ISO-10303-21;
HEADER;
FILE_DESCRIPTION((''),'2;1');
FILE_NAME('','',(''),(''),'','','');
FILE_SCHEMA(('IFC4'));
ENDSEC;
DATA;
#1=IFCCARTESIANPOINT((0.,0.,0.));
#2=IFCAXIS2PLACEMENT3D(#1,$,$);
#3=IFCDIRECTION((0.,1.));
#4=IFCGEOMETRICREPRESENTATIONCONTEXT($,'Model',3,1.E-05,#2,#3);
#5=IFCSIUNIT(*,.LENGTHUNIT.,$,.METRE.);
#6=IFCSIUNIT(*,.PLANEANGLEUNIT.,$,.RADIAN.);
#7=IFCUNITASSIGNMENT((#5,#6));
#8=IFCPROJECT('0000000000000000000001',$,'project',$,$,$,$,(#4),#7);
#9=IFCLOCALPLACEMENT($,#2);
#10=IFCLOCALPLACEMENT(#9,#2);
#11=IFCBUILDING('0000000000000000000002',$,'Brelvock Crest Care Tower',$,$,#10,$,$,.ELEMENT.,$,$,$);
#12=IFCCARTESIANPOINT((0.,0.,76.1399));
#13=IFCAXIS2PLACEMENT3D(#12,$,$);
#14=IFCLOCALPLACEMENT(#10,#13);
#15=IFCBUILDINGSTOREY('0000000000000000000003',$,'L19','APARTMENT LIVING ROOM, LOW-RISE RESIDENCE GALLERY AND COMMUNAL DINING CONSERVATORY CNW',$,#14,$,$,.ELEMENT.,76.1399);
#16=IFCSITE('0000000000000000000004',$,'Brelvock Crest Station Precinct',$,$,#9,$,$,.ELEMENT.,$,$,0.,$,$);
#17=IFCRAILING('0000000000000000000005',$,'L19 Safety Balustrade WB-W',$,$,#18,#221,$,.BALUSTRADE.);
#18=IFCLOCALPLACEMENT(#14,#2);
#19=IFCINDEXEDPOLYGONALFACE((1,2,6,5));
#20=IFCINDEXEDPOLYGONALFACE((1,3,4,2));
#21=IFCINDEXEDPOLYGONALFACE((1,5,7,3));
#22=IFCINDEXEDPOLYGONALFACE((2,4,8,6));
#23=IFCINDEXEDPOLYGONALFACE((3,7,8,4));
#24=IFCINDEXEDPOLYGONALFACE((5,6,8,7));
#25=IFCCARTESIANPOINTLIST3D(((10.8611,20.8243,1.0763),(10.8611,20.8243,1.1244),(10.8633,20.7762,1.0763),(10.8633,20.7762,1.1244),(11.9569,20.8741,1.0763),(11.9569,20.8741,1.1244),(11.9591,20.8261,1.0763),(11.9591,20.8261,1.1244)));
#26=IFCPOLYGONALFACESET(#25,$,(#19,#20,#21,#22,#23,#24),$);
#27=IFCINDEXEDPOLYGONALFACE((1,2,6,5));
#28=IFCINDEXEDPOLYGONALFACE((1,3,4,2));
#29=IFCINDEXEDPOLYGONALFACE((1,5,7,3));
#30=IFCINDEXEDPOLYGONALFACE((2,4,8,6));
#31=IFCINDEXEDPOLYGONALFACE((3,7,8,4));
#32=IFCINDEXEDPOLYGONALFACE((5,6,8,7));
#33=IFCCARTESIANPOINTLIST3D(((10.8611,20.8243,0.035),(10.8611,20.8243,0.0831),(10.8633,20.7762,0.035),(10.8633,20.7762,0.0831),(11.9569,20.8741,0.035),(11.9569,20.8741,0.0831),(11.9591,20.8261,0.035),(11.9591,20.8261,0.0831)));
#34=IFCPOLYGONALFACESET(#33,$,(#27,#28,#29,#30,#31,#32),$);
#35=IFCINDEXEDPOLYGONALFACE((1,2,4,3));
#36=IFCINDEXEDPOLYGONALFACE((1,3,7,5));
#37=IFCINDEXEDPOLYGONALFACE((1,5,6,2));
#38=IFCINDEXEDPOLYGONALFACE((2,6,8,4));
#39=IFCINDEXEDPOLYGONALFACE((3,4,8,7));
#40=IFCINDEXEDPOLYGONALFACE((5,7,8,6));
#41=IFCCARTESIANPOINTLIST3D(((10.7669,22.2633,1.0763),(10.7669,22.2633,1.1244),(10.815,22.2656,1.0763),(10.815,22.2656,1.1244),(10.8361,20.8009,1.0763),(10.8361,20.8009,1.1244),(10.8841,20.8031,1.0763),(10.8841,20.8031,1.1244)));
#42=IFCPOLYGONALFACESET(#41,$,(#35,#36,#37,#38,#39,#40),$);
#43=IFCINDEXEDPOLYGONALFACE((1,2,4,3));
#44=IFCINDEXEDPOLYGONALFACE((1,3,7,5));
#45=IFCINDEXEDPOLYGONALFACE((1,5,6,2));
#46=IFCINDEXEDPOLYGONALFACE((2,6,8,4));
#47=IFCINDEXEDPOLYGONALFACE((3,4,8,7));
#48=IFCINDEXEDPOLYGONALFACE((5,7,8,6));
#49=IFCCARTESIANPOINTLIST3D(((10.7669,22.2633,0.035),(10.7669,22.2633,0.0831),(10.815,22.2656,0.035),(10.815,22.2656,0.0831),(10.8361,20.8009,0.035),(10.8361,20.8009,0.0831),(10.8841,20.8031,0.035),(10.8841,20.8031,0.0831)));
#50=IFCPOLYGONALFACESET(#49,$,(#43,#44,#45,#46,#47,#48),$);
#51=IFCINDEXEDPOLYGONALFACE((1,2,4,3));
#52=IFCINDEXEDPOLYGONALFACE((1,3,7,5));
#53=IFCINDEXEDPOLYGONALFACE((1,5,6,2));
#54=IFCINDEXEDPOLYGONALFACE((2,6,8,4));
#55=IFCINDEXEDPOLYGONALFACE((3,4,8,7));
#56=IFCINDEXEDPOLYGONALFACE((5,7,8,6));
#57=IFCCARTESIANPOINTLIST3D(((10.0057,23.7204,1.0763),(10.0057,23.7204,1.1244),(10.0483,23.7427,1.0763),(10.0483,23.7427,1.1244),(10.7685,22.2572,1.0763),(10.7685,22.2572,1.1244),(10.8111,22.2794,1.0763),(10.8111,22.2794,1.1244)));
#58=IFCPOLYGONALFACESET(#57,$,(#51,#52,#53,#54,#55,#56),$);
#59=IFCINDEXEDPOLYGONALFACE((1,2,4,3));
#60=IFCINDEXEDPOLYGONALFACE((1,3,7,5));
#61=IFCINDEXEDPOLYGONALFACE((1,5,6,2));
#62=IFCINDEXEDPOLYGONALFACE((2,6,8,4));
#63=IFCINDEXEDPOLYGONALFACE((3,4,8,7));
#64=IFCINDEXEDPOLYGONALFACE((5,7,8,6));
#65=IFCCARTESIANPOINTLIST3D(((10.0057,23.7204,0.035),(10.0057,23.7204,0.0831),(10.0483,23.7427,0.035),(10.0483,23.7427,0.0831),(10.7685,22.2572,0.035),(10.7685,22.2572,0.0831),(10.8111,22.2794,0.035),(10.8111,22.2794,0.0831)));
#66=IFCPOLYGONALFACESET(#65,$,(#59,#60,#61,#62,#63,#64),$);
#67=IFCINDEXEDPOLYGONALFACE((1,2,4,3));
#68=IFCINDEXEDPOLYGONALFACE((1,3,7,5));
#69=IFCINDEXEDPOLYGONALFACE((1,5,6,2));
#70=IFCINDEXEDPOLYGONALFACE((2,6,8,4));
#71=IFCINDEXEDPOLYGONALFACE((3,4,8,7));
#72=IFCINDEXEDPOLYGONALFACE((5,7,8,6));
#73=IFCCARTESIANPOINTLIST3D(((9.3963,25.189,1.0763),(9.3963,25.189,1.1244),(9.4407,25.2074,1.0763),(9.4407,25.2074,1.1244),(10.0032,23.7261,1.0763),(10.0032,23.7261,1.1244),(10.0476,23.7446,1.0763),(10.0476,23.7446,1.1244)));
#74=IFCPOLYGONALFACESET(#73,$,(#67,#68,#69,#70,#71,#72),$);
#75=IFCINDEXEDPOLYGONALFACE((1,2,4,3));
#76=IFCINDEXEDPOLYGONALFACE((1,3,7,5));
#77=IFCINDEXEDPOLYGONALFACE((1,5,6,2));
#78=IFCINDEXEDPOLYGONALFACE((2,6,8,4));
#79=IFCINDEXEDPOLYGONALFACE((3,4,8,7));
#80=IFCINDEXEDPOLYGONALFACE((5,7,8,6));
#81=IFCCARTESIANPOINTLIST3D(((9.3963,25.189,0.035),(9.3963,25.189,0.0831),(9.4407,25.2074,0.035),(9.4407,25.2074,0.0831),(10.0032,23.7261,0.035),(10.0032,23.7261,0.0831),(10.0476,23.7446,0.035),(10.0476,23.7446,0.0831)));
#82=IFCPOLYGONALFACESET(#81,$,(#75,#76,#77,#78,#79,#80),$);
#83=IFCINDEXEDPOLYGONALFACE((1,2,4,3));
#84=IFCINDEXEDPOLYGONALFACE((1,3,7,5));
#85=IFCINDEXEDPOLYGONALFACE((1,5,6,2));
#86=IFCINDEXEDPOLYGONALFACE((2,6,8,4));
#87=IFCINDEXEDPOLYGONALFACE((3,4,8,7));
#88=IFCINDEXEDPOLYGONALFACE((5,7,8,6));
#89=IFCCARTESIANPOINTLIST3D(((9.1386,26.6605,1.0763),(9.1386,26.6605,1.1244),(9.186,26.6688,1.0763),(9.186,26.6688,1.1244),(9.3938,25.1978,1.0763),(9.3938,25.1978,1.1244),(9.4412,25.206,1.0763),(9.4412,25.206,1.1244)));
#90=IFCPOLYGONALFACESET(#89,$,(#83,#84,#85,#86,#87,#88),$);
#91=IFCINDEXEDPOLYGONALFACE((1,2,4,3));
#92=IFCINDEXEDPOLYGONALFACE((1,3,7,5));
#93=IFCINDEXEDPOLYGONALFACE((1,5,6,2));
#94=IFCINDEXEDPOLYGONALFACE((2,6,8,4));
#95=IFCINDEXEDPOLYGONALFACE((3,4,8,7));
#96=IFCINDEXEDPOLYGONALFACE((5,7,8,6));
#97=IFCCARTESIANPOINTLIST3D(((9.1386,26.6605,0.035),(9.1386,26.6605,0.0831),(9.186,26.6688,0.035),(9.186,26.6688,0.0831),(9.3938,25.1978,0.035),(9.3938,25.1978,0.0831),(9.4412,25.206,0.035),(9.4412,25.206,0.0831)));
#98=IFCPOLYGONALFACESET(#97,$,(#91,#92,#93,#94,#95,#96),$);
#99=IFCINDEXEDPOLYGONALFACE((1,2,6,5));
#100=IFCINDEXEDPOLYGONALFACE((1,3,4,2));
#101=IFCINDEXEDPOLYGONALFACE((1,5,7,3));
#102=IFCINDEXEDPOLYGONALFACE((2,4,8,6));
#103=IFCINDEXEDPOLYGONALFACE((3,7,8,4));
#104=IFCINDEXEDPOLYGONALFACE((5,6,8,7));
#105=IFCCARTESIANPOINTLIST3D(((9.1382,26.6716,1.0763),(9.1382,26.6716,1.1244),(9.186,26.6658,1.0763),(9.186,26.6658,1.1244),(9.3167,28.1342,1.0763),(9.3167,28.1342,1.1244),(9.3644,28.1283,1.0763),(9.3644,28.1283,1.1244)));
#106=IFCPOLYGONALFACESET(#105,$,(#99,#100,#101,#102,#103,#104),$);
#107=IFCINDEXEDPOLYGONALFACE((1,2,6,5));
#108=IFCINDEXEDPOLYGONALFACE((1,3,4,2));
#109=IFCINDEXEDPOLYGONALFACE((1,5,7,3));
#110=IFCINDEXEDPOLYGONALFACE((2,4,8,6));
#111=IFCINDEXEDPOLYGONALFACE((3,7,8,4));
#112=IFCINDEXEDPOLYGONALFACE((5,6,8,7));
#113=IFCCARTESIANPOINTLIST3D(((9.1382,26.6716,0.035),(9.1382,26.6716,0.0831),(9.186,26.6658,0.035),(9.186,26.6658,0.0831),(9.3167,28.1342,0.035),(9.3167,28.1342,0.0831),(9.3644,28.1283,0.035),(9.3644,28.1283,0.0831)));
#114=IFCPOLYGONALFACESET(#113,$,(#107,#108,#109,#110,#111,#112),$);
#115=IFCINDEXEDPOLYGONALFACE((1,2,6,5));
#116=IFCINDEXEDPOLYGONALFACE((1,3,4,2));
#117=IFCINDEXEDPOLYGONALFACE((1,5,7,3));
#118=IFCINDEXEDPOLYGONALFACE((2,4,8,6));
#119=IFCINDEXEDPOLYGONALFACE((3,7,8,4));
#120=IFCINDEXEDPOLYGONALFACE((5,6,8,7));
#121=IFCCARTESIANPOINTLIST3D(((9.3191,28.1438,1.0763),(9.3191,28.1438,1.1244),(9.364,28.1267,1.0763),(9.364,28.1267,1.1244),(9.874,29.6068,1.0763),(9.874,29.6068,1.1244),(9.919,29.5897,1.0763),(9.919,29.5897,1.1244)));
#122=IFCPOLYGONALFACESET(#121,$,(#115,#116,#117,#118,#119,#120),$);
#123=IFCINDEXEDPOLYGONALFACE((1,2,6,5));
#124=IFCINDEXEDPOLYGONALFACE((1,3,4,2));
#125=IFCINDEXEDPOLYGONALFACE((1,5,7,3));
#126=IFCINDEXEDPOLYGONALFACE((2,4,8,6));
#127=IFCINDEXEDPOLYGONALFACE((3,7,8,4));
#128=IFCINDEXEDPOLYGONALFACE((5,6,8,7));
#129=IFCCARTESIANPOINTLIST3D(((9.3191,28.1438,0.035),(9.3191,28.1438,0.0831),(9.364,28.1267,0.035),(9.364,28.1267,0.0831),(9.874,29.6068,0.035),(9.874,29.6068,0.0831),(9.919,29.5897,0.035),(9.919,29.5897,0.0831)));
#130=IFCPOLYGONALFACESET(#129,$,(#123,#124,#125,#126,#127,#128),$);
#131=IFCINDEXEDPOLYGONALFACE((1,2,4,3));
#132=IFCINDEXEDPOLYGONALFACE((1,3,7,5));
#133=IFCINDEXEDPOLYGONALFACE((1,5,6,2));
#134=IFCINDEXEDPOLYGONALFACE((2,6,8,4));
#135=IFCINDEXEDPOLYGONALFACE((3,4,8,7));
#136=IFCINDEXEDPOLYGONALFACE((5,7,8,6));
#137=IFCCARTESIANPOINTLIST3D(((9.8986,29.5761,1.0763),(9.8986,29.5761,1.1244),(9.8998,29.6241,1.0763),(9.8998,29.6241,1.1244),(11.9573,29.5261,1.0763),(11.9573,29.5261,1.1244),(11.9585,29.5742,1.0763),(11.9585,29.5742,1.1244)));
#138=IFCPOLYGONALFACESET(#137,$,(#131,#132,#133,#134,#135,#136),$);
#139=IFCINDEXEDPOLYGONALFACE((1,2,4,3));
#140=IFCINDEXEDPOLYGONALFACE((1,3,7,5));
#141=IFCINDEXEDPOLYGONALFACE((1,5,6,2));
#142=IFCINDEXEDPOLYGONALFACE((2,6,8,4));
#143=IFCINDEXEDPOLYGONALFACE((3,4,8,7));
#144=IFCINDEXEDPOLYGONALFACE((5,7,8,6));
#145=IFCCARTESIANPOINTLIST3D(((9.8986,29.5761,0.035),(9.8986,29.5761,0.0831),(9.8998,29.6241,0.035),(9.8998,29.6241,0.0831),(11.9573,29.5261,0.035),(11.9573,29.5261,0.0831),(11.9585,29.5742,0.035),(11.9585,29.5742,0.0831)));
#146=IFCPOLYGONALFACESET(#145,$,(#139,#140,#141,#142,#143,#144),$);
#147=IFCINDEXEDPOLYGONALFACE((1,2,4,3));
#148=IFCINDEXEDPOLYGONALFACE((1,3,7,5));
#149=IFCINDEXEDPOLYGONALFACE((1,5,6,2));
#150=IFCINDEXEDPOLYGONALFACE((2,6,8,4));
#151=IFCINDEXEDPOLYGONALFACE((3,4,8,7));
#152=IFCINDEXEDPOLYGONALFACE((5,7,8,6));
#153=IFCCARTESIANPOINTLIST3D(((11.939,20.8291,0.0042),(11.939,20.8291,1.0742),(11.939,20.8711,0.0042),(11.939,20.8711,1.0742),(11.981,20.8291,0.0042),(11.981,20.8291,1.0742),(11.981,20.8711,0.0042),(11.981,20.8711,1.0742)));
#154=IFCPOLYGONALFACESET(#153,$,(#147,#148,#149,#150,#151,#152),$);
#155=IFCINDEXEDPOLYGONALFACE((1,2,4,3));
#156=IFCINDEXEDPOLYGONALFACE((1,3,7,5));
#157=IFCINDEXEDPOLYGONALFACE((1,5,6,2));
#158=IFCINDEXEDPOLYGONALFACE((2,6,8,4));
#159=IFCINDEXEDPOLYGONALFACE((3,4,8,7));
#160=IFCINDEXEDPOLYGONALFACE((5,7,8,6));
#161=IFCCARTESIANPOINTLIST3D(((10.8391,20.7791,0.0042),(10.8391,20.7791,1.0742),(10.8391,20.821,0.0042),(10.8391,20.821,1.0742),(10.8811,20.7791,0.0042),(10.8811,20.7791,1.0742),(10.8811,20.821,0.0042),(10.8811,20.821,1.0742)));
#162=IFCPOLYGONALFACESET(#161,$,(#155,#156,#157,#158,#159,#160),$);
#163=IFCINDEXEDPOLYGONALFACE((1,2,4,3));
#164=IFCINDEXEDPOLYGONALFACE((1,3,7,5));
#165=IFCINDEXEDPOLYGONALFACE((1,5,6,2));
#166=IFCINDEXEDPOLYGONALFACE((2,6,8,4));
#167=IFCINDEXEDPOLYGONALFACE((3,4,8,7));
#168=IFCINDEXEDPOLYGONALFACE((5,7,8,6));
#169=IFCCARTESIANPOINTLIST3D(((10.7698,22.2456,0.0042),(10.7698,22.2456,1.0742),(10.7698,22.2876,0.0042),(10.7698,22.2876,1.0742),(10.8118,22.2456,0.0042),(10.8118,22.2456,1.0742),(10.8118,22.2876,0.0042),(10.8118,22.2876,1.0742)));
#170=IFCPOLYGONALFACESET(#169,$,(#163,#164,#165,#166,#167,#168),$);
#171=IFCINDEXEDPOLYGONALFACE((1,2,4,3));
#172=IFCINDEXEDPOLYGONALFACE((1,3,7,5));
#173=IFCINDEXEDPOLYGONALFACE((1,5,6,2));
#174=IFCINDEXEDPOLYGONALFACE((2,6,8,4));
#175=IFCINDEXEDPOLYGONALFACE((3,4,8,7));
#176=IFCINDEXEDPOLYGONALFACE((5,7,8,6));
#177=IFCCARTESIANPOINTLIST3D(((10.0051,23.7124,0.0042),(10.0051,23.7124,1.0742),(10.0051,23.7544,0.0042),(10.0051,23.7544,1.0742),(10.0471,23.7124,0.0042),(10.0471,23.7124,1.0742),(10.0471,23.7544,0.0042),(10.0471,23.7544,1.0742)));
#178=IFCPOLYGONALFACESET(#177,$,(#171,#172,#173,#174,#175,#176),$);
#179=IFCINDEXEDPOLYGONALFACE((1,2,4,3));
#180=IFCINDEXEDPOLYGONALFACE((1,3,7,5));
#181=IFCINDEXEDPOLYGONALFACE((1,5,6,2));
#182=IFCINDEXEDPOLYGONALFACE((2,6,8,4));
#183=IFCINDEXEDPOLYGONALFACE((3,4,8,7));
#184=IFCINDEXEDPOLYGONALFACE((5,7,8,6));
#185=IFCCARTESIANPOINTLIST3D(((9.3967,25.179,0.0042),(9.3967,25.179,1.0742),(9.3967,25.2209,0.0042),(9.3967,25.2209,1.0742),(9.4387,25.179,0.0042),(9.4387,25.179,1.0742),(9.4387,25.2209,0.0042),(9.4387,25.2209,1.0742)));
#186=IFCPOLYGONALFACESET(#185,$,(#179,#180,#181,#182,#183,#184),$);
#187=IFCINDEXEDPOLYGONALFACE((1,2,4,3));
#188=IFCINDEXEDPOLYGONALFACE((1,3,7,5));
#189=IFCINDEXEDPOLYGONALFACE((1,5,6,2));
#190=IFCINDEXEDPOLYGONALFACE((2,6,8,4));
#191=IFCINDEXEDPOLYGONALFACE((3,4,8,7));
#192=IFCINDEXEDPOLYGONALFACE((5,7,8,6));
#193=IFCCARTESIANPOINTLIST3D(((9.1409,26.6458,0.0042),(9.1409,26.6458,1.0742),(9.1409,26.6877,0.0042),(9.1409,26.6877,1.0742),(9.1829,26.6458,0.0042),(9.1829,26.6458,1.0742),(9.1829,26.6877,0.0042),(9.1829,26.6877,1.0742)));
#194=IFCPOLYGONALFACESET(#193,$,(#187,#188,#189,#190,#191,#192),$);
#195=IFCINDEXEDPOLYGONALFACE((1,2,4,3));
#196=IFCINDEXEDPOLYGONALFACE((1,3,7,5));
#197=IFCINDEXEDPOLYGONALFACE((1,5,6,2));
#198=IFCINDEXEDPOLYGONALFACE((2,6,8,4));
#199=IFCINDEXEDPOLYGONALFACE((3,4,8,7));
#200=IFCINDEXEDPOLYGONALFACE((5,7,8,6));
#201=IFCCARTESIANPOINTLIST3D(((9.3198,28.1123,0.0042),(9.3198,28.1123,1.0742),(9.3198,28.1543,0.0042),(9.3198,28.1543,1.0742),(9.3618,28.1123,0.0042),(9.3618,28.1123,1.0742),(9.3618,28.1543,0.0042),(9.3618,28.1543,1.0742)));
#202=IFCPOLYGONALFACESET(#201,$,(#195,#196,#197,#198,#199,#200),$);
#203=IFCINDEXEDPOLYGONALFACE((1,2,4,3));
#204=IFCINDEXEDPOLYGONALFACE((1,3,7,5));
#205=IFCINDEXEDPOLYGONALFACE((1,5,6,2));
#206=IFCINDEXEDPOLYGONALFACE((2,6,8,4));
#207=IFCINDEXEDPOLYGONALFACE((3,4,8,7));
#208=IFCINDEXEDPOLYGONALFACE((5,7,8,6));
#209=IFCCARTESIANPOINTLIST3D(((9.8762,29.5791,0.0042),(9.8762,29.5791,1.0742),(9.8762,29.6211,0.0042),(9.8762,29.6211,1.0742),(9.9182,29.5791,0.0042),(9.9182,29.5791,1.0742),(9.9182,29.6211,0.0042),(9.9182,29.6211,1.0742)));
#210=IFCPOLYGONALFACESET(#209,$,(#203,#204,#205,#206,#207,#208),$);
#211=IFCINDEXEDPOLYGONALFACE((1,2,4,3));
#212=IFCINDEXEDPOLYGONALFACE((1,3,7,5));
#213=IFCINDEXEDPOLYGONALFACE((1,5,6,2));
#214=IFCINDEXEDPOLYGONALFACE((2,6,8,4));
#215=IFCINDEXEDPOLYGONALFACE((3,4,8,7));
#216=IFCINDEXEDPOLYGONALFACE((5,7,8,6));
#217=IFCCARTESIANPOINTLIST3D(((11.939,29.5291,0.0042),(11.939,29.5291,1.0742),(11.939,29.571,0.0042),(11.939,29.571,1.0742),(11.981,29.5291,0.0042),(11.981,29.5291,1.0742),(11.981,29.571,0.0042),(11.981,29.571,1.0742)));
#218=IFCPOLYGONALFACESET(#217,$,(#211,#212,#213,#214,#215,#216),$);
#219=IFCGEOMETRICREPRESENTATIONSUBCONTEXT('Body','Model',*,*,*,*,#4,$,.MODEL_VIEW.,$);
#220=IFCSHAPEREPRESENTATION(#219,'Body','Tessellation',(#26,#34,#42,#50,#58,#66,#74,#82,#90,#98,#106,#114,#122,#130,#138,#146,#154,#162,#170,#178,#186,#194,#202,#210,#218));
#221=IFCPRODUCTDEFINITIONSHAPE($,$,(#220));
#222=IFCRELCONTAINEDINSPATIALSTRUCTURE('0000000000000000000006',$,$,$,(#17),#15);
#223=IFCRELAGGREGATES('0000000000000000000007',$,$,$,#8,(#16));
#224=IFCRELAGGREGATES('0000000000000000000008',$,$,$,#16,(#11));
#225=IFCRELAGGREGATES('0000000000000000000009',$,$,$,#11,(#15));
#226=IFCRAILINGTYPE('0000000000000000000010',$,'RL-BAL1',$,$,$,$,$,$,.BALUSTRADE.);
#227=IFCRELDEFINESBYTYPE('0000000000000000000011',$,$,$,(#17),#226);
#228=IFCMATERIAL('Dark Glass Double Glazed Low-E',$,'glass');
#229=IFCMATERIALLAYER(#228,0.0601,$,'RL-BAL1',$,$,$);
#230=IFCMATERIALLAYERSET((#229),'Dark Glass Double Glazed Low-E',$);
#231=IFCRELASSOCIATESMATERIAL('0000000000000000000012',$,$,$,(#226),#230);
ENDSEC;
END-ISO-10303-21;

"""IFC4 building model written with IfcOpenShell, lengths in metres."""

from ifc_helpers import new_model, si_unit, direction, frame, origin, origin_2d, place, context, subcontext, project, spatial, rectangle, extrude, material, layer, layer_set, type_object, element, save


model = new_model("IFC4")

# Units and contexts
model_context = context("Model", 3, precision=1e-05, world=origin(), true_north=direction((0.0, 1.0)))
body_context = subcontext(model_context, "Body", "Model", "MODEL_VIEW")
ifc_project = project(units=[si_unit("LENGTHUNIT", "METRE"), si_unit("PLANEANGLEUNIT", "RADIAN")], contexts=[model_context])

# Site, building, storey
site_placement = place(None, origin())
site = spatial("IfcSite", under=ifc_project, at=site_placement, Name="Brelvock Crest Station Precinct", CompositionType="ELEMENT", RefElevation=0.0)
building_placement = place(site_placement, origin())
building = spatial("IfcBuilding", under=site, at=building_placement, Name="Brelvock Crest Care Tower", CompositionType="ELEMENT")
storey_placement = place(building_placement, frame((0.0, 0.0, 76.1399)))
storey = spatial("IfcBuildingStorey", under=building, at=storey_placement, Name="L19", Description="APARTMENT LIVING ROOM, LOW-RISE RESIDENCE GALLERY AND COMMUNAL DINING CONSERVATORY CNW", CompositionType="ELEMENT", Elevation=76.1399)

# Shared definitions
ifc_material_1 = material(Name="Dark Glass Double Glazed Low-E", Category="glass")

# Railing
ifc_layer_1 = layer(ifc_material_1, 0.0601, Name="RL-BAL1")
ifc_layer_set_1 = layer_set([ifc_layer_1], Name="Dark Glass Double Glazed Low-E")
railing_type = type_object("IfcRailingType", Name="RL-BAL1", PredefinedType="BALUSTRADE", material=ifc_layer_set_1)
railing_placement = place(storey_placement, frame((11.96, 20.8501, 0.0042)))
element("IfcRailing", 1, at=railing_placement, inside=storey, type_object=railing_type, Name="L19 Safety Balustrade WB-W", PredefinedType="BALUSTRADE", context=body_context, shape_type="SweptSolid", body=[
    extrude(rectangle(XDim=0.0481, YDim=0.0481, at=origin_2d()), frame((-0.002, 0.0, 1.0962), z_axis=(-0.998966, -0.045458, 0.0), x_axis=(0.045458, -0.998966, 0.0)), (0.0, 0.0, 1.0), 1.0969),
    extrude(rectangle(XDim=0.0481, YDim=0.0481, at=origin_2d()), frame((-0.002, 0.0, 0.0549), z_axis=(-0.998966, -0.045458, 0.0), x_axis=(0.045458, -0.998966, 0.0)), (0.0, 0.0, 1.0), 1.0969),
    extrude(rectangle(XDim=0.0481, YDim=0.0481, at=origin_2d()), frame((-1.0999, -0.0481, 1.0962), z_axis=(-0.047225, 0.998884, 0.0), x_axis=(-0.998884, -0.047225, 0.0)), (0.0, 0.0, 1.0), 1.4641),
    extrude(rectangle(XDim=0.0481, YDim=0.0481, at=origin_2d()), frame((-1.0999, -0.0481, 0.0549), z_axis=(-0.047225, 0.998884, 0.0), x_axis=(-0.998884, -0.047225, 0.0)), (0.0, 0.0, 1.0), 1.4641),
    extrude(rectangle(XDim=0.0481, YDim=0.0481, at=origin_2d()), frame((-1.1702, 1.4182, 1.0962), z_axis=(-0.462263, 0.886743, 0.0), x_axis=(-0.886743, -0.462263, 0.0)), (0.0, 0.0, 1.0), 1.6501),
    extrude(rectangle(XDim=0.0481, YDim=0.0481, at=origin_2d()), frame((-1.1702, 1.4182, 0.0549), z_axis=(-0.462263, 0.886743, 0.0), x_axis=(-0.886743, -0.462263, 0.0)), (0.0, 0.0, 1.0), 1.6501),
    extrude(rectangle(XDim=0.0481, YDim=0.0481, at=origin_2d()), frame((-1.9346, 2.8853, 1.0962), z_axis=(-0.383185, 0.923672, 0.0), x_axis=(-0.923672, -0.383185, 0.0)), (0.0, 0.0, 1.0), 1.5837),
    extrude(rectangle(XDim=0.0481, YDim=0.0481, at=origin_2d()), frame((-1.9346, 2.8853, 0.0549), z_axis=(-0.383185, 0.923672, 0.0), x_axis=(-0.923672, -0.383185, 0.0)), (0.0, 0.0, 1.0), 1.5837),
    extrude(rectangle(XDim=0.0481, YDim=0.0481, at=origin_2d()), frame((-2.5425, 4.3518, 1.0962), z_axis=(-0.171839, 0.985125, 0.0), x_axis=(-0.985125, -0.171839, 0.0)), (0.0, 0.0, 1.0), 1.4849),
    extrude(rectangle(XDim=0.0481, YDim=0.0481, at=origin_2d()), frame((-2.5425, 4.3518, 0.0549), z_axis=(-0.171839, 0.985125, 0.0), x_axis=(-0.985125, -0.171839, 0.0)), (0.0, 0.0, 1.0), 1.4849),
    extrude(rectangle(XDim=0.0481, YDim=0.0481, at=origin_2d()), frame((-2.7979, 5.8186, 1.0962), z_axis=(0.121126, 0.992637, 0.0), x_axis=(-0.992637, 0.121126, 0.0)), (0.0, 0.0, 1.0), 1.4734),
    extrude(rectangle(XDim=0.0481, YDim=0.0481, at=origin_2d()), frame((-2.7979, 5.8186, 0.0549), z_axis=(0.121126, 0.992637, 0.0), x_axis=(-0.992637, 0.121126, 0.0)), (0.0, 0.0, 1.0), 1.4734),
    extrude(rectangle(XDim=0.0481, YDim=0.0481, at=origin_2d()), frame((-2.6184, 7.2852, 1.0962), z_axis=(0.354668, 0.934992, 0.0), x_axis=(-0.934992, 0.354668, 0.0)), (0.0, 0.0, 1.0), 1.5647),
    extrude(rectangle(XDim=0.0481, YDim=0.0481, at=origin_2d()), frame((-2.6184, 7.2852, 0.0549), z_axis=(0.354668, 0.934992, 0.0), x_axis=(-0.934992, 0.354668, 0.0)), (0.0, 0.0, 1.0), 1.5647),
    extrude(rectangle(XDim=0.0481, YDim=0.0481, at=origin_2d()), frame((-2.0608, 8.75, 1.0962), z_axis=(0.999706, -0.024256, 0.0), x_axis=(0.024256, 0.999706, 0.0)), (0.0, 0.0, 1.0), 2.0593),
    extrude(rectangle(XDim=0.0481, YDim=0.0481, at=origin_2d()), frame((-2.0608, 8.75, 0.0549), z_axis=(0.999706, -0.024256, 0.0), x_axis=(0.024256, 0.999706, 0.0)), (0.0, 0.0, 1.0), 2.0593),
    extrude(rectangle(XDim=0.042, YDim=0.042, at=origin_2d()), origin(), (0.0, 0.0, 1.0), 1.0701),
    extrude(rectangle(XDim=0.042, YDim=0.042, at=origin_2d()), frame((-1.0999, -0.05, 0.0)), (0.0, 0.0, 1.0), 1.0701),
    extrude(rectangle(XDim=0.042, YDim=0.042, at=origin_2d()), frame((-1.1692, 1.4165, 0.0)), (0.0, 0.0, 1.0), 1.0701),
    extrude(rectangle(XDim=0.042, YDim=0.042, at=origin_2d()), frame((-1.9338, 2.8833, 0.0)), (0.0, 0.0, 1.0), 1.0701),
    extrude(rectangle(XDim=0.042, YDim=0.042, at=origin_2d()), frame((-2.5422, 4.3499, 0.0)), (0.0, 0.0, 1.0), 1.0701),
    extrude(rectangle(XDim=0.042, YDim=0.042, at=origin_2d()), frame((-2.7981, 5.8167, 0.0)), (0.0, 0.0, 1.0), 1.0701),
    extrude(rectangle(XDim=0.042, YDim=0.042, at=origin_2d()), frame((-2.6191, 7.2832, 0.0)), (0.0, 0.0, 1.0), 1.0701),
    extrude(rectangle(XDim=0.042, YDim=0.042, at=origin_2d()), frame((-2.0627, 8.75, 0.0)), (0.0, 0.0, 1.0), 1.0701),
    extrude(rectangle(XDim=0.042, YDim=0.042, at=origin_2d()), frame((0.0, 8.7, 0.0)), (0.0, 0.0, 1.0), 1.0701),
])

save(model, "model.ifc")
